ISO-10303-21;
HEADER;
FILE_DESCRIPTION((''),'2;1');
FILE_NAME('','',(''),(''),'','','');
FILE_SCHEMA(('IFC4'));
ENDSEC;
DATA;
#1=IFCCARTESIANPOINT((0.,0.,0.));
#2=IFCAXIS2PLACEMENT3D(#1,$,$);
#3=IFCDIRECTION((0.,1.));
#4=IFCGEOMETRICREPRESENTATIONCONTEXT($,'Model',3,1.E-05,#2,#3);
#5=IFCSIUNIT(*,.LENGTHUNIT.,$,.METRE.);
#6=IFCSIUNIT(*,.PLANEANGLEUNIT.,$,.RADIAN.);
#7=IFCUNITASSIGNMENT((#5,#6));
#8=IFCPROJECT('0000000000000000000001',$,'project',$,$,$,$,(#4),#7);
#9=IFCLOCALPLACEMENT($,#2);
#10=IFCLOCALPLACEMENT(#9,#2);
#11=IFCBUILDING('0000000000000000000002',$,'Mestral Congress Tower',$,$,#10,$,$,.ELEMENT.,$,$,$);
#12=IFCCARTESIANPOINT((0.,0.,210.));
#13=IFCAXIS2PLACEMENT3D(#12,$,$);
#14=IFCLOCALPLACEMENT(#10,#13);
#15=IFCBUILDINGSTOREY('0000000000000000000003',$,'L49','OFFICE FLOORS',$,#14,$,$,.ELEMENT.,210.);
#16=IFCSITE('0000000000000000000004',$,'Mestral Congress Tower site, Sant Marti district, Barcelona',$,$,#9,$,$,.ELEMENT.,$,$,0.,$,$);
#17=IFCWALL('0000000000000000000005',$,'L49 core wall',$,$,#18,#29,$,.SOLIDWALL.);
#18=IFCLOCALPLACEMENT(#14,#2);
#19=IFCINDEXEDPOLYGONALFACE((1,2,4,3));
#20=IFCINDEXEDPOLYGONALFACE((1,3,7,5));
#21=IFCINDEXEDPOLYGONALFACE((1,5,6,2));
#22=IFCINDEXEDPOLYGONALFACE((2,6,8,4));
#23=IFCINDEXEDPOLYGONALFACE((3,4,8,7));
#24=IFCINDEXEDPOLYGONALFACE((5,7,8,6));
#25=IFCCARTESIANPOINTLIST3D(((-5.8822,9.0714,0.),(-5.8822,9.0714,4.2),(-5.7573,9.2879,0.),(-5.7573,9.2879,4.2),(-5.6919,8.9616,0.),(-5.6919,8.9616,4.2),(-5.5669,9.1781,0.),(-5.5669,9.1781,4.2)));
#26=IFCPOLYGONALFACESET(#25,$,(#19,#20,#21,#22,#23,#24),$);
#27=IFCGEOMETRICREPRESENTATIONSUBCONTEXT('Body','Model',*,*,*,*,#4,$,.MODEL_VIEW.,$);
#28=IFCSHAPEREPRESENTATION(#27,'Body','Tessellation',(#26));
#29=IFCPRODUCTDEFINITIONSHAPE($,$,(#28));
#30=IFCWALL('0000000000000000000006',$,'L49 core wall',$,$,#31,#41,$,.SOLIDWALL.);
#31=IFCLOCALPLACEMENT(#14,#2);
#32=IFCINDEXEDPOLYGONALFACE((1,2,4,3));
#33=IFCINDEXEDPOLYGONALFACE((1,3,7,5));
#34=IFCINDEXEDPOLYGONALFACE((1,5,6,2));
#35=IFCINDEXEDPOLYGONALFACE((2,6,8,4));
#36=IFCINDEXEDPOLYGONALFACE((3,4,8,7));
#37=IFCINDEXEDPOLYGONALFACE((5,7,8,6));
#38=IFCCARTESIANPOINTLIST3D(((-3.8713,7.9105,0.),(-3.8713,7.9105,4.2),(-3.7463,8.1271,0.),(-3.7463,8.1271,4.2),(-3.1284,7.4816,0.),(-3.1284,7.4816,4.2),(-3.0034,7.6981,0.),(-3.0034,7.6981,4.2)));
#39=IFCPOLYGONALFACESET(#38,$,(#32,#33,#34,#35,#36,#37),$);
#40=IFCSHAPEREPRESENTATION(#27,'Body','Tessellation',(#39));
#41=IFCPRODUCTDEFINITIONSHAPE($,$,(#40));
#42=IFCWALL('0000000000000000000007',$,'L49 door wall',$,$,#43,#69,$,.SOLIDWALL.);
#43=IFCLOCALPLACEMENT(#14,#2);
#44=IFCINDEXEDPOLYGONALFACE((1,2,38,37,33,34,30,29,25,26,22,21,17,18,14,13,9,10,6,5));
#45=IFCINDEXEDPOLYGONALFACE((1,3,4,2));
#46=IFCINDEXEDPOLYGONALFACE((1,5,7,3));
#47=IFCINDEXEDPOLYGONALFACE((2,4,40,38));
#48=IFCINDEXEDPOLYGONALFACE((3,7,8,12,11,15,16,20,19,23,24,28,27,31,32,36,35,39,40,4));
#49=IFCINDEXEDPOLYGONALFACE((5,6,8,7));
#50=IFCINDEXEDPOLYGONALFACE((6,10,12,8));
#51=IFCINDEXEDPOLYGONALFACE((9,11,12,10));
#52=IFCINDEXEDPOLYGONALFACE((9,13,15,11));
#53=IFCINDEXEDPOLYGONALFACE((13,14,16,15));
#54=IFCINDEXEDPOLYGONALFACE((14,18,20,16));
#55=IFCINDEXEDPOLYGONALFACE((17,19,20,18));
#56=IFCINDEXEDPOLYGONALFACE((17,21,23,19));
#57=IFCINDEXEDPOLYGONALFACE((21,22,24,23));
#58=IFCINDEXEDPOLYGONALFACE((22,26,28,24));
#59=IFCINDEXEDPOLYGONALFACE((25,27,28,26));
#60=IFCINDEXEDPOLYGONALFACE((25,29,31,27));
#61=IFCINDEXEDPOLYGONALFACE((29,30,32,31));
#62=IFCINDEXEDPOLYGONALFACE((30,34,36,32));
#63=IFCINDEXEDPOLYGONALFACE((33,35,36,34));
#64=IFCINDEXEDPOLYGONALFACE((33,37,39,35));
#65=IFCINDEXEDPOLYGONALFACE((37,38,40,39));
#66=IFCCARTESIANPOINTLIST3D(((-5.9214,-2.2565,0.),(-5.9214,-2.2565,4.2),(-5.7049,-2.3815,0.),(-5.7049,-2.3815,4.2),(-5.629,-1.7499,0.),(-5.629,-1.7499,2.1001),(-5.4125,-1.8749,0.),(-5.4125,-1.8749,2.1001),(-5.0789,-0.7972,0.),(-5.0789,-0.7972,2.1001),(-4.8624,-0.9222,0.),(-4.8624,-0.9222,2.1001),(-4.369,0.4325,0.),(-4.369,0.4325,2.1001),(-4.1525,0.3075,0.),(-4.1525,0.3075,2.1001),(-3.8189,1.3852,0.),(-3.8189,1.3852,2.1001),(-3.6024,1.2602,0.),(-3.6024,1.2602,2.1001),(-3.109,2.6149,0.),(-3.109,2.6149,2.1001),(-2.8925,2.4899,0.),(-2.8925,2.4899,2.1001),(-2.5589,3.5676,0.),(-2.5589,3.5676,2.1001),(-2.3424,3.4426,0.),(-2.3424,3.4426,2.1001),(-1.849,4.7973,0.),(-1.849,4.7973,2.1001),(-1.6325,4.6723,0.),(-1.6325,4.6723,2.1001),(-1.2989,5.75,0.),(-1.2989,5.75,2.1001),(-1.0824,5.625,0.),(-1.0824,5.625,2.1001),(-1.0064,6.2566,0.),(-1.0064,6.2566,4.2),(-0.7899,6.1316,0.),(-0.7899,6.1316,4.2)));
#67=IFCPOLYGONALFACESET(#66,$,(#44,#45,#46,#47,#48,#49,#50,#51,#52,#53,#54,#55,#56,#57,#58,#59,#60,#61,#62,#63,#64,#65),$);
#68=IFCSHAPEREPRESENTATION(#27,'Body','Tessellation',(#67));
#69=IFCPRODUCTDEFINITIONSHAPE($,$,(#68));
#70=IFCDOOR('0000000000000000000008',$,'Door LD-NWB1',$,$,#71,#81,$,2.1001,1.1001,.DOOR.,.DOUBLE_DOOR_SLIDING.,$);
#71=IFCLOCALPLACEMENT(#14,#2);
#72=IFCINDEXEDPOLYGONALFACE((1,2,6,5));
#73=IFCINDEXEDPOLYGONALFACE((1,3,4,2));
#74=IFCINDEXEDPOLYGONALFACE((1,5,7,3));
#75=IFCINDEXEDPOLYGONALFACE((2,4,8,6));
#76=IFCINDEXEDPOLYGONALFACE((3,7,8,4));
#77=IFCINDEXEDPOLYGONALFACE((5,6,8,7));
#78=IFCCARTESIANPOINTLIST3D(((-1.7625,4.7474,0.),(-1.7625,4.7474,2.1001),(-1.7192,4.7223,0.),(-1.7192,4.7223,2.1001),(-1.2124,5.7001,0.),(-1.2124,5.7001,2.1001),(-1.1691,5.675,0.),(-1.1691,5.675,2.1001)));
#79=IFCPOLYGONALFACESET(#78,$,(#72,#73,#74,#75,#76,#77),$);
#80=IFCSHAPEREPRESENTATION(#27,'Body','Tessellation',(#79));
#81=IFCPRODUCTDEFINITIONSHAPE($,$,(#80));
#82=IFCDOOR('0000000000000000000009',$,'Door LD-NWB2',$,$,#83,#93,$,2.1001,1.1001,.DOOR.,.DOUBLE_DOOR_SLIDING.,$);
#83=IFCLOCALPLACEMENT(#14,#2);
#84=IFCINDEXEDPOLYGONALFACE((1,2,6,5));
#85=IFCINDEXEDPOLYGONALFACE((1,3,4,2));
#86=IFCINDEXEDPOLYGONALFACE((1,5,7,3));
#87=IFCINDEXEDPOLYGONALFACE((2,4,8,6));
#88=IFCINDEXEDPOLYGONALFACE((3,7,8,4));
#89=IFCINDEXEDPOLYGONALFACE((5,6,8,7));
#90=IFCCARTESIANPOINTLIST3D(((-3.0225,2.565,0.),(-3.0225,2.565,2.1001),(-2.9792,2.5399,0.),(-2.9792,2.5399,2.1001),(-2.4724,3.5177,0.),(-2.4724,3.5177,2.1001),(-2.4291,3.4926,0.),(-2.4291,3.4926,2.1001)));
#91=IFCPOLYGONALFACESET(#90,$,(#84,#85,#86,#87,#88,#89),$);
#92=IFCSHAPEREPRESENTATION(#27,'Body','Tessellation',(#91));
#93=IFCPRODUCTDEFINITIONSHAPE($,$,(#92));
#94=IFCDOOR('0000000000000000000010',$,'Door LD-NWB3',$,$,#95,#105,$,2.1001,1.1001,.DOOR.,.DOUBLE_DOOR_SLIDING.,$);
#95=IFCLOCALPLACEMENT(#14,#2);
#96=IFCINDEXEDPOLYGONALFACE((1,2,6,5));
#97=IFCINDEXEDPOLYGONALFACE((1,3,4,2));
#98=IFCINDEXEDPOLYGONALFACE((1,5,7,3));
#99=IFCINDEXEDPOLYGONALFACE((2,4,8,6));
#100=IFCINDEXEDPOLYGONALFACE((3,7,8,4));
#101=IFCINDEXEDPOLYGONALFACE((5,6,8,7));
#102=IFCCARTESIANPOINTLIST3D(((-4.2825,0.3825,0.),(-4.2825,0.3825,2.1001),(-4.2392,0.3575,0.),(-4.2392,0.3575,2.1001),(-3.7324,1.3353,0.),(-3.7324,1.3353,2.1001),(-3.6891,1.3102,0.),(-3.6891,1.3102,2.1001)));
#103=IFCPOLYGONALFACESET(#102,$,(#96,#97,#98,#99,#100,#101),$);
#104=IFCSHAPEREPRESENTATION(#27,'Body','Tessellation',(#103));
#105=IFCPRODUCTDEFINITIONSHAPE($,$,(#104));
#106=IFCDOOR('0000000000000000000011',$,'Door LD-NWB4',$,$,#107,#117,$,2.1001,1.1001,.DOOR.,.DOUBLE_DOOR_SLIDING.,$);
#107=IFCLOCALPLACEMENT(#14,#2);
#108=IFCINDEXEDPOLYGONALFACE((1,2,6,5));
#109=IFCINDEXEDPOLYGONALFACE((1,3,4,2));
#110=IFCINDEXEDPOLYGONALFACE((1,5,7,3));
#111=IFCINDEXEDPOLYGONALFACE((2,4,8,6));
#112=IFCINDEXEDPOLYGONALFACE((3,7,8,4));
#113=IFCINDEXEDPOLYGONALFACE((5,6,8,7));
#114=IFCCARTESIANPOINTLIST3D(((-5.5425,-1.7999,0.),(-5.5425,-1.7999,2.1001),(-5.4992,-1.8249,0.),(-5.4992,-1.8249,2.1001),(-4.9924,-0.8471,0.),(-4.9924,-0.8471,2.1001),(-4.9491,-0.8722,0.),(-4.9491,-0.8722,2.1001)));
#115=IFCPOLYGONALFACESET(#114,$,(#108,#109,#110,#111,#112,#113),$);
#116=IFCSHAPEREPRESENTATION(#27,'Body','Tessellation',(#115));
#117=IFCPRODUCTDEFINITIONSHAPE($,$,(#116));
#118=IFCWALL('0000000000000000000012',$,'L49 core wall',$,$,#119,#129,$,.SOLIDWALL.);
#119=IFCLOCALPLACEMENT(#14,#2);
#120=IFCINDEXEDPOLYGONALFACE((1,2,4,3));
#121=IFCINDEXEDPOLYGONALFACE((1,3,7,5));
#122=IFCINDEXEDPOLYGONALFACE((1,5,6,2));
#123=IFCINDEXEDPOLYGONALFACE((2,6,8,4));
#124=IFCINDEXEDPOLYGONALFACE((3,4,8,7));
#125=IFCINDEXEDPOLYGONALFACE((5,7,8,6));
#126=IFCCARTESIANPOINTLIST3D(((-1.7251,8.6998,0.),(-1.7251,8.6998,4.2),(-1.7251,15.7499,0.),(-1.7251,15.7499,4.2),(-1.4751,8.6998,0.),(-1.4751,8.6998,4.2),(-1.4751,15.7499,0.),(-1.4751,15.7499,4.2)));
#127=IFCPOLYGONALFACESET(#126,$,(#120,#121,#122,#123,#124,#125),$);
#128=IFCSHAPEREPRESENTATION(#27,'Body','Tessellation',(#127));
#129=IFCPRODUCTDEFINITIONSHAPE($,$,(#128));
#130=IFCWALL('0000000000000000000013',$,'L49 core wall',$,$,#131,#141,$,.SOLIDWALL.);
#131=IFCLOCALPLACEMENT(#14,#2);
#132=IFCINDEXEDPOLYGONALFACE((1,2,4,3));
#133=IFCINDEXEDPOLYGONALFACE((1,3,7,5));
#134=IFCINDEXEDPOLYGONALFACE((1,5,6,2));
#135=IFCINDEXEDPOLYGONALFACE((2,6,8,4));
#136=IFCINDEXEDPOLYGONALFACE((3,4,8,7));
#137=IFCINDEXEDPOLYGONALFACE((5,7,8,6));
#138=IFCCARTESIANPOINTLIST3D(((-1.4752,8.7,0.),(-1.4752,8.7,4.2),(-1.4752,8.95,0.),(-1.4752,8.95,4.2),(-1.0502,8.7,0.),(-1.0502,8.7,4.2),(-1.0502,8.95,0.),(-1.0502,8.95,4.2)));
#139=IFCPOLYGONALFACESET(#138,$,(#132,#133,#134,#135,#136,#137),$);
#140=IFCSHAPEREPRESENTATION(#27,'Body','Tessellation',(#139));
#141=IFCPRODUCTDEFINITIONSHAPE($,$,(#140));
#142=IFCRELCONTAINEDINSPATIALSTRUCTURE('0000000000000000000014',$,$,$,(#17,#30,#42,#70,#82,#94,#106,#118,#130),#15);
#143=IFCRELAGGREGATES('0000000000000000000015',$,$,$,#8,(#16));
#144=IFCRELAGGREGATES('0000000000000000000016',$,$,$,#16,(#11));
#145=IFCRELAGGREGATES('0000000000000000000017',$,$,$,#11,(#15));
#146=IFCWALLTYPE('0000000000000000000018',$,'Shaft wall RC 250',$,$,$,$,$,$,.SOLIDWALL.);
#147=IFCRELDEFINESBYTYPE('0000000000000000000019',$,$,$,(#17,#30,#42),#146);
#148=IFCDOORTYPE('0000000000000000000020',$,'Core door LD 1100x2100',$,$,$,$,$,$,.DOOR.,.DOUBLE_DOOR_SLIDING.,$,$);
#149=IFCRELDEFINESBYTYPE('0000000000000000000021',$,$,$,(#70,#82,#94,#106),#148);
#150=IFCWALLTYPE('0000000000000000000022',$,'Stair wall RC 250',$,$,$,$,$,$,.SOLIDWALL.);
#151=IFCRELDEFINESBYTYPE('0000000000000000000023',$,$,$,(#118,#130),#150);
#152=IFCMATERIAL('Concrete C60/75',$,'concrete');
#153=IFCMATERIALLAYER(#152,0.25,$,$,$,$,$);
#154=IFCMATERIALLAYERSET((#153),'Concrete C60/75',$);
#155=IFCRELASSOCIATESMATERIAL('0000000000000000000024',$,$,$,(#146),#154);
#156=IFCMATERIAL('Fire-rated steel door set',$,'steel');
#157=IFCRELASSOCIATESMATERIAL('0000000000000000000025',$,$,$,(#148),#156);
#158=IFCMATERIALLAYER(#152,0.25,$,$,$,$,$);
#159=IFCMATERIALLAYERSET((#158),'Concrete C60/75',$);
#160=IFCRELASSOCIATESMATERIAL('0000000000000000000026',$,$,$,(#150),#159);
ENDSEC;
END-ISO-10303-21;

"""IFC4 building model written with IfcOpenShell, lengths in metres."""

from ifc_helpers import new_model, si_unit, direction, frame, frame_2d, origin, place, context, subcontext, project, spatial, rectangle, extrude, material, layer, layer_set, type_object, element, fill, save


model = new_model("IFC4")

# Units and contexts
model_context = context("Model", 3, precision=1e-05, world=origin(), true_north=direction((0.0, 1.0)))
body_context = subcontext(model_context, "Body", "Model", "MODEL_VIEW")
ifc_project = project(units=[si_unit("LENGTHUNIT", "METRE"), si_unit("PLANEANGLEUNIT", "RADIAN")], contexts=[model_context])

# Site, building, storey
site_placement = place(None, origin())
site = spatial("IfcSite", under=ifc_project, at=site_placement, Name="Mestral Congress Tower site, Sant Marti district, Barcelona", CompositionType="ELEMENT", RefElevation=0.0)
building_placement = place(site_placement, origin())
building = spatial("IfcBuilding", under=site, at=building_placement, Name="Mestral Congress Tower", CompositionType="ELEMENT")
storey_placement = place(building_placement, frame((0.0, 0.0, 210.0)))
storey = spatial("IfcBuildingStorey", under=building, at=storey_placement, Name="L49", Description="OFFICE FLOORS", CompositionType="ELEMENT", Elevation=210.0)

# Shared definitions
ifc_material_1 = material(Name="Concrete C60/75", Category="concrete")

# Shared definitions
ifc_material_2 = material(Name="Fire-rated steel door set", Category="steel")

# Walls
ifc_layer_1 = layer(ifc_material_1, 0.25)
ifc_layer_set_1 = layer_set([ifc_layer_1], Name="Concrete C60/75")
wall_type_1 = type_object("IfcWallType", Name="Shaft wall RC 250", PredefinedType="SOLIDWALL", material=ifc_layer_set_1)
wall_1_placement = place(storey_placement, frame((-5.6294, 9.0698, 0.0), z_axis=(0.0, 0.0, 1.0), x_axis=(-0.866186, 0.499722, 0.0)))
element("IfcWall", 1, at=wall_1_placement, inside=storey, type_object=wall_type_1, Name="L49 core wall", PredefinedType="SOLIDWALL", context=body_context, shape_type="SweptSolid", body=[
    extrude(rectangle(XDim=0.2197, YDim=0.25, at=frame_2d((0.1099, 0.0))), origin(), (0.0, 0.0, 1.0), 4.2),
])
wall_2_placement = place(storey_placement, frame((-3.8088, 8.0188, 0.0), z_axis=(0.0, 0.0, 1.0), x_axis=(0.86601, -0.500026, 0.0)))
element("IfcWall", 2, at=wall_2_placement, inside=storey, type_object=wall_type_1, Name="L49 core wall", PredefinedType="SOLIDWALL", context=body_context, shape_type="SweptSolid", body=[
    extrude(rectangle(XDim=0.8579, YDim=0.25, at=frame_2d((0.429, 0.0))), origin(), (0.0, 0.0, 1.0), 4.2),
])

# Wall, openings, doors
wall_3_placement = place(storey_placement, frame((-0.8982, 6.1941, 0.0), z_axis=(0.0, 0.0, 1.0), x_axis=(-0.499996, -0.866028, 0.0)))
wall_3 = element("IfcWall", 3, at=wall_3_placement, inside=storey, type_object=wall_type_1, Name="L49 door wall", PredefinedType="SOLIDWALL", context=body_context, shape_type="SweptSolid", body=[
    extrude(rectangle(XDim=9.8301, YDim=0.25, at=frame_2d((4.915, 0.0))), origin(), (0.0, 0.0, 1.0), 4.2),
])
opening_1_placement = place(wall_3_placement, frame((0.585, 0.0, 0.0)))
opening_1 = element("IfcOpeningElement", 4, at=opening_1_placement, cuts=wall_3, PredefinedType="OPENING", context=body_context, shape_type="SweptSolid", body=[
    extrude(rectangle(XDim=1.1001, YDim=2.1001, at=frame_2d((0.55, 1.05))), frame((0.0, 0.135, 0.0), z_axis=(0.0, -1.0, 0.0), x_axis=(1.0, 0.0, 0.0)), (0.0, 0.0, 1.0), 0.27),
])
opening_2_placement = place(wall_3_placement, frame((3.105, 0.0, 0.0)))
opening_2 = element("IfcOpeningElement", 5, at=opening_2_placement, cuts=wall_3, PredefinedType="OPENING", context=body_context, shape_type="SweptSolid", body=[
    extrude(rectangle(XDim=1.1001, YDim=2.1001, at=frame_2d((0.55, 1.05))), frame((0.0, 0.135, 0.0), z_axis=(0.0, -1.0, 0.0), x_axis=(1.0, 0.0, 0.0)), (0.0, 0.0, 1.0), 0.27),
])
opening_3_placement = place(wall_3_placement, frame((5.625, 0.0, 0.0)))
opening_3 = element("IfcOpeningElement", 6, at=opening_3_placement, cuts=wall_3, PredefinedType="OPENING", context=body_context, shape_type="SweptSolid", body=[
    extrude(rectangle(XDim=1.1001, YDim=2.1001, at=frame_2d((0.55, 1.05))), frame((0.0, 0.135, 0.0), z_axis=(0.0, -1.0, 0.0), x_axis=(1.0, 0.0, 0.0)), (0.0, 0.0, 1.0), 0.27),
])
opening_4_placement = place(wall_3_placement, frame((8.145, 0.0, 0.0)))
opening_4 = element("IfcOpeningElement", 7, at=opening_4_placement, cuts=wall_3, PredefinedType="OPENING", context=body_context, shape_type="SweptSolid", body=[
    extrude(rectangle(XDim=1.1001, YDim=2.1001, at=frame_2d((0.55, 1.05))), frame((0.0, 0.135, 0.0), z_axis=(0.0, -1.0, 0.0), x_axis=(1.0, 0.0, 0.0)), (0.0, 0.0, 1.0), 0.27),
])
door_type_1 = type_object("IfcDoorType", Name="Core door LD 1100x2100", OperationType="DOUBLE_DOOR_SLIDING", PredefinedType="DOOR", material=ifc_material_2)
door_1_placement = place(opening_1_placement, origin())
door_1 = element("IfcDoor", 8, at=door_1_placement, inside=storey, type_object=door_type_1, Name="Door LD-NWB1", OperationType="DOUBLE_DOOR_SLIDING", OverallHeight=2.1001, OverallWidth=1.1001, PredefinedType="DOOR", context=body_context, shape_type="SweptSolid", body=[
    extrude(rectangle(XDim=1.1001, YDim=2.1001, at=frame_2d((0.55, 1.05))), frame((0.0, 0.0249, 0.0), z_axis=(0.0, -1.0, 0.0), x_axis=(1.0, 0.0, 0.0)), (0.0, 0.0, 1.0), 0.05),
])
fill(opening_1, door_1)
door_2_placement = place(opening_2_placement, origin())
door_2 = element("IfcDoor", 9, at=door_2_placement, inside=storey, type_object=door_type_1, Name="Door LD-NWB2", OperationType="DOUBLE_DOOR_SLIDING", OverallHeight=2.1001, OverallWidth=1.1001, PredefinedType="DOOR", context=body_context, shape_type="SweptSolid", body=[
    extrude(rectangle(XDim=1.1001, YDim=2.1001, at=frame_2d((0.55, 1.05))), frame((0.0, 0.0249, 0.0), z_axis=(0.0, -1.0, 0.0), x_axis=(1.0, 0.0, 0.0)), (0.0, 0.0, 1.0), 0.05),
])
fill(opening_2, door_2)
door_3_placement = place(opening_3_placement, origin())
door_3 = element("IfcDoor", 10, at=door_3_placement, inside=storey, type_object=door_type_1, Name="Door LD-NWB3", OperationType="DOUBLE_DOOR_SLIDING", OverallHeight=2.1001, OverallWidth=1.1001, PredefinedType="DOOR", context=body_context, shape_type="SweptSolid", body=[
    extrude(rectangle(XDim=1.1001, YDim=2.1001, at=frame_2d((0.55, 1.05))), frame((0.0, 0.0249, 0.0), z_axis=(0.0, -1.0, 0.0), x_axis=(1.0, 0.0, 0.0)), (0.0, 0.0, 1.0), 0.05),
])
fill(opening_3, door_3)
door_4_placement = place(opening_4_placement, origin())
door_4 = element("IfcDoor", 11, at=door_4_placement, inside=storey, type_object=door_type_1, Name="Door LD-NWB4", OperationType="DOUBLE_DOOR_SLIDING", OverallHeight=2.1001, OverallWidth=1.1001, PredefinedType="DOOR", context=body_context, shape_type="SweptSolid", body=[
    extrude(rectangle(XDim=1.1001, YDim=2.1001, at=frame_2d((0.55, 1.05))), frame((0.0, 0.0249, 0.0), z_axis=(0.0, -1.0, 0.0), x_axis=(1.0, 0.0, 0.0)), (0.0, 0.0, 1.0), 0.05),
])
fill(opening_4, door_4)

# Walls
ifc_layer_2 = layer(ifc_material_1, 0.25)
ifc_layer_set_2 = layer_set([ifc_layer_2], Name="Concrete C60/75")
wall_type_2 = type_object("IfcWallType", Name="Stair wall RC 250", PredefinedType="SOLIDWALL", material=ifc_layer_set_2)
wall_4_placement = place(storey_placement, frame((-1.6001, 8.7, 0.0), z_axis=(0.0, 0.0, 1.0), x_axis=(0.0, 1.0, 0.0)))
element("IfcWall", 12, at=wall_4_placement, inside=storey, type_object=wall_type_2, Name="L49 core wall", PredefinedType="SOLIDWALL", context=body_context, shape_type="SweptSolid", body=[
    extrude(rectangle(XDim=7.05, YDim=0.25, at=frame_2d((3.5249, 0.0))), origin(), (0.0, 0.0, 1.0), 4.2),
])
wall_5_placement = place(storey_placement, frame((-1.4751, 8.825, 0.0), z_axis=(0.0, 0.0, 1.0), x_axis=(1.0, 0.0, 0.0)))
element("IfcWall", 13, at=wall_5_placement, inside=storey, type_object=wall_type_2, Name="L49 core wall", PredefinedType="SOLIDWALL", context=body_context, shape_type="SweptSolid", body=[
    extrude(rectangle(XDim=0.425, YDim=0.25, at=frame_2d((0.2124, 0.0))), origin(), (0.0, 0.0, 1.0), 4.2),
])

save(model, "model.ifc")
